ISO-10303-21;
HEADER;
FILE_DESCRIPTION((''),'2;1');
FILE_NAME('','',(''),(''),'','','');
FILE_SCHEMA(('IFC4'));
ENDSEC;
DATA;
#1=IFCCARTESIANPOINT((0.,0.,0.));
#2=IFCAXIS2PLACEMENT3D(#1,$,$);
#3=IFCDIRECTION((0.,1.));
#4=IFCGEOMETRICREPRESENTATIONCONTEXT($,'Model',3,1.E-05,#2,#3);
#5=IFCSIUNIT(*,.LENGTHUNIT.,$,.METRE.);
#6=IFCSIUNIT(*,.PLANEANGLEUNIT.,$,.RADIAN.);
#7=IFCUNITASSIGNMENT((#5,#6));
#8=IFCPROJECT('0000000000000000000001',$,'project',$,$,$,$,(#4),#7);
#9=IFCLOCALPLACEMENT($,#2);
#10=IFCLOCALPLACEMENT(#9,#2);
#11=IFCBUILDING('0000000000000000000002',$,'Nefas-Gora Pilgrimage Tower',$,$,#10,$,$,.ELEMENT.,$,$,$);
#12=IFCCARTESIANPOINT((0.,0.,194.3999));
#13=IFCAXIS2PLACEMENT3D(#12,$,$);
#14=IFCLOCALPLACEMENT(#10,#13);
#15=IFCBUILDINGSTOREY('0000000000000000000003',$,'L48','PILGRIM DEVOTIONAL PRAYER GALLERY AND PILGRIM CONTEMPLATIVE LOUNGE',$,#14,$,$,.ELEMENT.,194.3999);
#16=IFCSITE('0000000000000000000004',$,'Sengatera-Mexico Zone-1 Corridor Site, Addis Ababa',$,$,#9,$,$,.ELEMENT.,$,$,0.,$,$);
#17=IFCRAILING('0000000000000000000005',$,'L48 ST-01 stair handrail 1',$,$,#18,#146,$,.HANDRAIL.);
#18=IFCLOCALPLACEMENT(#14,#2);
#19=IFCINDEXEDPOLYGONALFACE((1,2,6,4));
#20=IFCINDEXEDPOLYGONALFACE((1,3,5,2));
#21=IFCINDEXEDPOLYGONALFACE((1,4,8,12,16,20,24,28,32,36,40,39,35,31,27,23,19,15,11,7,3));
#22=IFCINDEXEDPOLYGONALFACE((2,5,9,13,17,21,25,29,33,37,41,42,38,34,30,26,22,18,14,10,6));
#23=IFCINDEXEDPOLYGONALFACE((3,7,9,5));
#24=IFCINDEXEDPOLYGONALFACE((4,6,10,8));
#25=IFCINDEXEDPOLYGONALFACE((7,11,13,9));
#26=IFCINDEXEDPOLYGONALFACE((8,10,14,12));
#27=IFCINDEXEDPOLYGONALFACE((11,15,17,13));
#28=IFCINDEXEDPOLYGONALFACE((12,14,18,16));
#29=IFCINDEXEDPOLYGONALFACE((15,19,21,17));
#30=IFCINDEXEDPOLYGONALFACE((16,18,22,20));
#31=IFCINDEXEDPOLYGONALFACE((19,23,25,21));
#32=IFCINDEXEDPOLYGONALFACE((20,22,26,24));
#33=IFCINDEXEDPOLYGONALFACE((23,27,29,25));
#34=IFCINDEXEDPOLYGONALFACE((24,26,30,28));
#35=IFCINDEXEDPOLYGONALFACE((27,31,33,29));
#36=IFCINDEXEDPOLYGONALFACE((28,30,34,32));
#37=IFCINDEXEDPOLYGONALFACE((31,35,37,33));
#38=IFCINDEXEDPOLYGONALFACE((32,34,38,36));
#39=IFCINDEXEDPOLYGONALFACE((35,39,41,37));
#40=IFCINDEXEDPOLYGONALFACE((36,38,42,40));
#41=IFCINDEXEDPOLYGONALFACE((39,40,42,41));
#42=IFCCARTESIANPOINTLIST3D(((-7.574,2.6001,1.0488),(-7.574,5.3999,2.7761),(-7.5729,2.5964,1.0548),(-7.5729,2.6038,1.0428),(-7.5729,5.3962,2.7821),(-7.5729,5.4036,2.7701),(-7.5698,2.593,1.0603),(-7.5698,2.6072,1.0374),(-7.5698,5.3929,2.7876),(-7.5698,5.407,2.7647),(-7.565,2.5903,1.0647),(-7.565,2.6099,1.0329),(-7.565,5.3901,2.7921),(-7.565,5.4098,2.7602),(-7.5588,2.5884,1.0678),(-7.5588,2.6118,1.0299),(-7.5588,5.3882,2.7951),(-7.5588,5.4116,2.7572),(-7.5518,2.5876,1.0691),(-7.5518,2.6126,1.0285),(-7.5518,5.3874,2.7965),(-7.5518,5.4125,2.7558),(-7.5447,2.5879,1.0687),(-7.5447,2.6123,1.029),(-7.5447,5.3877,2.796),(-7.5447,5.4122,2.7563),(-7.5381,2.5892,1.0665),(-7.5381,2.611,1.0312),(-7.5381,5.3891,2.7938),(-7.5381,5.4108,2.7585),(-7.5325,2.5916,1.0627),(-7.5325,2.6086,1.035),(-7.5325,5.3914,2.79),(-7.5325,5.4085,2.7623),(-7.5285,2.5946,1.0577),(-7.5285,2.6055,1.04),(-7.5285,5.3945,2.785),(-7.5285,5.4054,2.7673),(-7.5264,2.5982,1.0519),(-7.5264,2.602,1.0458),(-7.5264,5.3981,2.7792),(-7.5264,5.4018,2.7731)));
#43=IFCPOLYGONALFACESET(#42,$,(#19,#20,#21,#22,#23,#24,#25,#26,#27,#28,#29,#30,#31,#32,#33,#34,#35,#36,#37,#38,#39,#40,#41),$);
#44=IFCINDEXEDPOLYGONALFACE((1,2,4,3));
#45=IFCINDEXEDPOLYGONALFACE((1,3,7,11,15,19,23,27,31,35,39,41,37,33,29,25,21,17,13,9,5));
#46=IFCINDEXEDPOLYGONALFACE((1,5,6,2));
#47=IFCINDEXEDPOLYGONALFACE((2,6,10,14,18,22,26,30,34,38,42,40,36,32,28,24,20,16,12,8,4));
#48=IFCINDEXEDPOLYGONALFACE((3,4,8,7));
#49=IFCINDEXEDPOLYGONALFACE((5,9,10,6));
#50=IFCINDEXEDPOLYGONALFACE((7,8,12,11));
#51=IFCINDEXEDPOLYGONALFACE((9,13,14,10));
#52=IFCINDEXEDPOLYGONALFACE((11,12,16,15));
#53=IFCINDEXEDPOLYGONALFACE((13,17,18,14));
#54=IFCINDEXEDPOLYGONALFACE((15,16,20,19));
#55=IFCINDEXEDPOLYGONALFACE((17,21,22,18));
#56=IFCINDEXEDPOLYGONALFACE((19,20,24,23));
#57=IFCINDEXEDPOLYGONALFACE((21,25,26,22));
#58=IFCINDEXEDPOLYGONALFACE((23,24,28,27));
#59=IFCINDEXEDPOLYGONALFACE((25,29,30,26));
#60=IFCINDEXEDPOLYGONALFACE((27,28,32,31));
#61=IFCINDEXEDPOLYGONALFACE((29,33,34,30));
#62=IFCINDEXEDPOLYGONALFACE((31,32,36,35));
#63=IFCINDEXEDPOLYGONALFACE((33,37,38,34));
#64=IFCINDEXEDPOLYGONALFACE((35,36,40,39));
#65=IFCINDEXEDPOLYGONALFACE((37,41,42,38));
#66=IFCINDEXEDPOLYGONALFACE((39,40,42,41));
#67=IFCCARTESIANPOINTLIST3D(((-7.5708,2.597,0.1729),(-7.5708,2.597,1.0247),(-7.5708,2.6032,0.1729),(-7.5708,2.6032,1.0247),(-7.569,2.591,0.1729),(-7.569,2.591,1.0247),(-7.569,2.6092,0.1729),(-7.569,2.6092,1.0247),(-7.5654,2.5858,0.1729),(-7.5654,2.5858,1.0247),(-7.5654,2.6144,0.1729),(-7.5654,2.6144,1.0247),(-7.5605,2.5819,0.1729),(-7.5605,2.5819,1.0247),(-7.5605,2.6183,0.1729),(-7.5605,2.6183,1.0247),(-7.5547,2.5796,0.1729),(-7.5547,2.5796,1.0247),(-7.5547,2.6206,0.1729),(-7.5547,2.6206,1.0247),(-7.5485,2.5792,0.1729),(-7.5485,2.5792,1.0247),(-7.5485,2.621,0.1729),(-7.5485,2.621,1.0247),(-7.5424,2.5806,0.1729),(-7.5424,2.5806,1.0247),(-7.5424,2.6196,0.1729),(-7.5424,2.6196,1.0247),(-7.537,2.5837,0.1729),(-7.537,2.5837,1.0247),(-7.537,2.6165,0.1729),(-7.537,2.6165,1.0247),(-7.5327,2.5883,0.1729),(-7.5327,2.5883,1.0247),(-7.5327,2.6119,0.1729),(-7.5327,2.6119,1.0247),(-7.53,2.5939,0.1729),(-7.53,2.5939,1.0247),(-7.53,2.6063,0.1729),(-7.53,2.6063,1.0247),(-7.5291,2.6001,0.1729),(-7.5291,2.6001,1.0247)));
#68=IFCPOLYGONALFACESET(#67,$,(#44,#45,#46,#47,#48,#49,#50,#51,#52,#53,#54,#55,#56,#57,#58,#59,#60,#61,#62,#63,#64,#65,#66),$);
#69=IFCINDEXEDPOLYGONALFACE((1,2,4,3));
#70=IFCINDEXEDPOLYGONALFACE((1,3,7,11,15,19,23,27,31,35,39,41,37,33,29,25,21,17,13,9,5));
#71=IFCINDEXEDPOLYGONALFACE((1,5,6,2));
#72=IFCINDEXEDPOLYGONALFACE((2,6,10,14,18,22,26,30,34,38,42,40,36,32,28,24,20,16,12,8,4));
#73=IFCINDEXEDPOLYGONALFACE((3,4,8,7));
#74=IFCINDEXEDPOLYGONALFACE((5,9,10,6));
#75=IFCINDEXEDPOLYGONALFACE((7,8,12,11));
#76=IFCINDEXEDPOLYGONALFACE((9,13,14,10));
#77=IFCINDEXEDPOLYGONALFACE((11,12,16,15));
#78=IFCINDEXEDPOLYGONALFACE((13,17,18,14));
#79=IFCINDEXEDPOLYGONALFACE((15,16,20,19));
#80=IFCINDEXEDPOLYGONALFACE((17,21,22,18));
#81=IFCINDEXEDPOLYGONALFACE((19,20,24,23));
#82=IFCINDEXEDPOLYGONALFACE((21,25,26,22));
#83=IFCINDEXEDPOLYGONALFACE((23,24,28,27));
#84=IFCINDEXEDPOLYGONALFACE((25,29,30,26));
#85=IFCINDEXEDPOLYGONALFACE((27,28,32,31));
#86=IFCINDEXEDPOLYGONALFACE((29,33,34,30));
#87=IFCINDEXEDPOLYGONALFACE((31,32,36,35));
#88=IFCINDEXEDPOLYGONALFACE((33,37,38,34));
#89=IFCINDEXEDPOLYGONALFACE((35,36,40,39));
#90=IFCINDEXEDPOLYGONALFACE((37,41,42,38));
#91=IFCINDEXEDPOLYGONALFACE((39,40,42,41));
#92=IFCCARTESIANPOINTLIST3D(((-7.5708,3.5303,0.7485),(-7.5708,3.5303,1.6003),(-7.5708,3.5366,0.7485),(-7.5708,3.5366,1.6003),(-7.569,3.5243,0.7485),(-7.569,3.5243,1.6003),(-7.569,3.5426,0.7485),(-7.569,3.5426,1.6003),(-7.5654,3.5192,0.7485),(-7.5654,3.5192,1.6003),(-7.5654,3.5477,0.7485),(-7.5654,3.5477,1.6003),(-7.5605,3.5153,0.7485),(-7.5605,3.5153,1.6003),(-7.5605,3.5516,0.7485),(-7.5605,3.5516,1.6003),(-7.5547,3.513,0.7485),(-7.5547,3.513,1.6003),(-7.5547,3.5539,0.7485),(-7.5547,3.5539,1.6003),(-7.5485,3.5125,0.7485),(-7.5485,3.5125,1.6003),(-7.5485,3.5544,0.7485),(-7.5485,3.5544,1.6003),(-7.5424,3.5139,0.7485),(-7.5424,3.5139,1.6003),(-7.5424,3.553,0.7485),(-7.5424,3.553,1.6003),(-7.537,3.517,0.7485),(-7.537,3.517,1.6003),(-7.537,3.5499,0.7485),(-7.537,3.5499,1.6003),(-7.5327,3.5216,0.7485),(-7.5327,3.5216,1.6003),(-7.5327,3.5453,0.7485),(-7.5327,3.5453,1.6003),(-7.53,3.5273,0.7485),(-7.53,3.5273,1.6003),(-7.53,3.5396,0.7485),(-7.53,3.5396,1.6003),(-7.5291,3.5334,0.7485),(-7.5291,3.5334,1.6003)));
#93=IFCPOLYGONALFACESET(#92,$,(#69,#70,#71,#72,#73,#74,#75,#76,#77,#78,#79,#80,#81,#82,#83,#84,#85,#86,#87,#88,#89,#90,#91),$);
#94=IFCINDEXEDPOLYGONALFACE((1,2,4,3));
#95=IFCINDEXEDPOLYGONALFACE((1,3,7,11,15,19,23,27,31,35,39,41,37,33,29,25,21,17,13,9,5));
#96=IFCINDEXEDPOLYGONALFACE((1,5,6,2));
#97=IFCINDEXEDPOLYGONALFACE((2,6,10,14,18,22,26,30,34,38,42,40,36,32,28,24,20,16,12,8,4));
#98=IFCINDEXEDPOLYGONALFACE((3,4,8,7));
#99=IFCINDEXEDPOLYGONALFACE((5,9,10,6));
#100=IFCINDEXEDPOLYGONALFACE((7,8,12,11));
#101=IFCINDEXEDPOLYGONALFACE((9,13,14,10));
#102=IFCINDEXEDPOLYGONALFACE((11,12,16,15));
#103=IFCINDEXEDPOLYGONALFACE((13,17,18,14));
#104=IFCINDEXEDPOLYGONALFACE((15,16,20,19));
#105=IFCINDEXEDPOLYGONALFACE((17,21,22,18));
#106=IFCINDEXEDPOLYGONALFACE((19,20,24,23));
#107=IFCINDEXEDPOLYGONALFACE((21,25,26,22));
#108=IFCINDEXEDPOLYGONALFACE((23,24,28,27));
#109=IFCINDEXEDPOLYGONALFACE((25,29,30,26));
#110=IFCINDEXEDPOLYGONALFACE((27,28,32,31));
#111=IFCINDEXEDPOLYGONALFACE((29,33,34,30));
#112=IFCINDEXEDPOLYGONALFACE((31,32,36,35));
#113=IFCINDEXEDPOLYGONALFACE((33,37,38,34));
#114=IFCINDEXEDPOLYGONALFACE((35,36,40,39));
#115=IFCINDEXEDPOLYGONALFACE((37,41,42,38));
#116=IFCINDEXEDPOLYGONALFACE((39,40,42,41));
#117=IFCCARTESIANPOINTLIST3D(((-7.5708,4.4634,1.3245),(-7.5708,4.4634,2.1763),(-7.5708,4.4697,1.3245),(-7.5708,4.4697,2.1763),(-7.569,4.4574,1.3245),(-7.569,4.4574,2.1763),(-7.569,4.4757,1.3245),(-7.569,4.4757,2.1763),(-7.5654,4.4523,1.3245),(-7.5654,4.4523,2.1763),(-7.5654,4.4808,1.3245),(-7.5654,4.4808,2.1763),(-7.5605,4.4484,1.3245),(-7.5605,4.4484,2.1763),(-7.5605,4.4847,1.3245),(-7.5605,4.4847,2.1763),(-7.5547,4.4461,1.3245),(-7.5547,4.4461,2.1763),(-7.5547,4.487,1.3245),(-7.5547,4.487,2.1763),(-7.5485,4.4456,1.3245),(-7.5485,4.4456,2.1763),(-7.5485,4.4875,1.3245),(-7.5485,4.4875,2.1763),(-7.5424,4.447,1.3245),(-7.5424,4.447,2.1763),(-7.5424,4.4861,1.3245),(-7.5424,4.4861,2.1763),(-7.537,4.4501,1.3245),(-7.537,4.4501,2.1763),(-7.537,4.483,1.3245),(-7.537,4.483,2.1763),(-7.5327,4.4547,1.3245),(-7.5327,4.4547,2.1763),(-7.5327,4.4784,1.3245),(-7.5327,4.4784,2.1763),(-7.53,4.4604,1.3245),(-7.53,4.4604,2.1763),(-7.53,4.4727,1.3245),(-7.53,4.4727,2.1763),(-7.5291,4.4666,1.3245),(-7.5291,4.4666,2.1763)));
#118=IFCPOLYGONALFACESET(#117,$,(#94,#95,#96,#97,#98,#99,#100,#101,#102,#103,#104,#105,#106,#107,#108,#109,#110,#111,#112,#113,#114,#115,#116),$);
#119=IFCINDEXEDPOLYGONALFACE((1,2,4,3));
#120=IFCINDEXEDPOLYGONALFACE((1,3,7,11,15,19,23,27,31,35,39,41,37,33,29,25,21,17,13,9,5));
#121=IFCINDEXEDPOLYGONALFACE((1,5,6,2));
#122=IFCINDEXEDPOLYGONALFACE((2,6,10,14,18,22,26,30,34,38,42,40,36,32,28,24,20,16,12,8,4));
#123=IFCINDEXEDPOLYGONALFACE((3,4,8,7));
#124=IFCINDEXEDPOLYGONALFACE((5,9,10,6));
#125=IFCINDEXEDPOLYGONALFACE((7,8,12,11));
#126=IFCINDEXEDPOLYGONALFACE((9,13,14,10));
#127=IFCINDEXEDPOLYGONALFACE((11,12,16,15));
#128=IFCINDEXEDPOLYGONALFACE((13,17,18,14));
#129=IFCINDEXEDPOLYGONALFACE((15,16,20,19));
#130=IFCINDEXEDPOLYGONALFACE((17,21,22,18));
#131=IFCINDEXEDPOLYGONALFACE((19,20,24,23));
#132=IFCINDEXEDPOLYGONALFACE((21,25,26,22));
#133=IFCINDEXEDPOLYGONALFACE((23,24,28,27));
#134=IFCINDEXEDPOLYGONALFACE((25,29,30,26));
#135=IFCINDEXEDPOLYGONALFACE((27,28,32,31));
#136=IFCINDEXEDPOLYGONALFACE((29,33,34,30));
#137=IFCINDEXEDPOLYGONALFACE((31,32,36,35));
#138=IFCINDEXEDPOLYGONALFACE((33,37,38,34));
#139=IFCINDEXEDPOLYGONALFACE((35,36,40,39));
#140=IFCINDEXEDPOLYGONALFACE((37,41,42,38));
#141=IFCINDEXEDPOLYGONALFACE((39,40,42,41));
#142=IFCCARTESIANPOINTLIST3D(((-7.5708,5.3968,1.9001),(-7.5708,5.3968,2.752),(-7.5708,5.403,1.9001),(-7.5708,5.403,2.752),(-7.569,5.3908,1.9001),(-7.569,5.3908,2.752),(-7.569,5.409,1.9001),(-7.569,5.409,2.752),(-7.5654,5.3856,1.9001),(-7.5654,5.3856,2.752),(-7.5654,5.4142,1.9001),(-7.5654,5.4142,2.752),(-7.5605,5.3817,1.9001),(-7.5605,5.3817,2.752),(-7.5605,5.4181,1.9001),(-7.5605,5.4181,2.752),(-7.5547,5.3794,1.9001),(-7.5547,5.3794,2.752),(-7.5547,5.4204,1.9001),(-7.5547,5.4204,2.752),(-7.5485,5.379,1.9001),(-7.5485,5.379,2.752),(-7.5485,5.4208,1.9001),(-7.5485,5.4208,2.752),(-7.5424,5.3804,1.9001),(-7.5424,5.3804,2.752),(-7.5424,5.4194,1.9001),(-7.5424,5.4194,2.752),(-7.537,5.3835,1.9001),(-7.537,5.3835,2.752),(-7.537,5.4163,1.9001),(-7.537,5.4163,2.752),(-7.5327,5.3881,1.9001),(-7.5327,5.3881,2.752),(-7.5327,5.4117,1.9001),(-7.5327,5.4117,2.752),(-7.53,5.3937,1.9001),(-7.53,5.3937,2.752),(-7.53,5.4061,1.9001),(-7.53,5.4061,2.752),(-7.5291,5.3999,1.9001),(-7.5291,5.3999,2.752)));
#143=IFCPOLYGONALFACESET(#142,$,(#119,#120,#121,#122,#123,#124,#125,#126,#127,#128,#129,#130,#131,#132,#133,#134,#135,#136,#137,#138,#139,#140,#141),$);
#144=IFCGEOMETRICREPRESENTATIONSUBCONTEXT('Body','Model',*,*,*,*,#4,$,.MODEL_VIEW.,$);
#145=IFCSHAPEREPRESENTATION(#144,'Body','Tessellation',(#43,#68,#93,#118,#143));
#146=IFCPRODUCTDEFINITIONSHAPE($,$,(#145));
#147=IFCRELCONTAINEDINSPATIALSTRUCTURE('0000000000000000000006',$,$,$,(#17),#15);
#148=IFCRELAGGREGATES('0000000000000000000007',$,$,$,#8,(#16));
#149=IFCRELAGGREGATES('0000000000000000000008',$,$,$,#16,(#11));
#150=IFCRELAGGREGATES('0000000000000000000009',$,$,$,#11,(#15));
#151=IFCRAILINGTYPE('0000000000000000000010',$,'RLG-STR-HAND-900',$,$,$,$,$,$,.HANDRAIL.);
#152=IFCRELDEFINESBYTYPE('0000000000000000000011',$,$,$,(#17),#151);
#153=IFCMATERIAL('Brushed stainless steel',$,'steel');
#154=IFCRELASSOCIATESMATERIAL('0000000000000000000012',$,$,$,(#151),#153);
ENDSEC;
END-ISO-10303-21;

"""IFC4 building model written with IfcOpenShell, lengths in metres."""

from ifc_helpers import new_model, si_unit, direction, frame, origin, origin_2d, place, context, subcontext, project, spatial, circle, extrude, material, type_object, element, save


model = new_model("IFC4")

# Units and contexts
model_context = context("Model", 3, precision=1e-05, world=origin(), true_north=direction((0.0, 1.0)))
body_context = subcontext(model_context, "Body", "Model", "MODEL_VIEW")
ifc_project = project(units=[si_unit("LENGTHUNIT", "METRE"), si_unit("PLANEANGLEUNIT", "RADIAN")], contexts=[model_context])

# Site, building, storey
site_placement = place(None, origin())
site = spatial("IfcSite", under=ifc_project, at=site_placement, Name="Sengatera-Mexico Zone-1 Corridor Site, Addis Ababa", CompositionType="ELEMENT", RefElevation=0.0)
building_placement = place(site_placement, origin())
building = spatial("IfcBuilding", under=site, at=building_placement, Name="Nefas-Gora Pilgrimage Tower", CompositionType="ELEMENT")
storey_placement = place(building_placement, frame((0.0, 0.0, 194.3999)))
storey = spatial("IfcBuildingStorey", under=building, at=storey_placement, Name="L48", Description="PILGRIM DEVOTIONAL PRAYER GALLERY AND PILGRIM CONTEMPLATIVE LOUNGE", CompositionType="ELEMENT", Elevation=194.3999)

# Railing
ifc_material_1 = material(Name="Brushed stainless steel", Category="steel")
railing_type_1 = type_object("IfcRailingType", Name="RLG-STR-HAND-900", PredefinedType="HANDRAIL", material=ifc_material_1)
railing_1_placement = place(storey_placement, frame((-7.55, 2.6001, 0.1729)))
element("IfcRailing", 1, at=railing_1_placement, inside=storey, type_object=railing_type_1, Name="L48 ST-01 stair handrail 1", PredefinedType="HANDRAIL", context=body_context, shape_type="SweptSolid", body=[
    extrude(circle(Radius=0.0239, at=origin_2d()), frame((0.0, 0.0, 0.876), z_axis=(0.0, 0.851069, 0.525054), x_axis=(-1.0, 0.0, 0.0)), (0.0, 0.0, 1.0), 3.2898),
    extrude(circle(Radius=0.021, at=origin_2d()), origin(), (0.0, 0.0, 1.0), 0.8518),
    extrude(circle(Radius=0.021, at=origin_2d()), frame((0.0, 0.9333, 0.5757)), (0.0, 0.0, 1.0), 0.8518),
    extrude(circle(Radius=0.021, at=origin_2d()), frame((0.0, 1.8665, 1.1516)), (0.0, 0.0, 1.0), 0.8518),
    extrude(circle(Radius=0.021, at=origin_2d()), frame((0.0, 2.7998, 1.7273)), (0.0, 0.0, 1.0), 0.8518),
])

save(model, "model.ifc")
